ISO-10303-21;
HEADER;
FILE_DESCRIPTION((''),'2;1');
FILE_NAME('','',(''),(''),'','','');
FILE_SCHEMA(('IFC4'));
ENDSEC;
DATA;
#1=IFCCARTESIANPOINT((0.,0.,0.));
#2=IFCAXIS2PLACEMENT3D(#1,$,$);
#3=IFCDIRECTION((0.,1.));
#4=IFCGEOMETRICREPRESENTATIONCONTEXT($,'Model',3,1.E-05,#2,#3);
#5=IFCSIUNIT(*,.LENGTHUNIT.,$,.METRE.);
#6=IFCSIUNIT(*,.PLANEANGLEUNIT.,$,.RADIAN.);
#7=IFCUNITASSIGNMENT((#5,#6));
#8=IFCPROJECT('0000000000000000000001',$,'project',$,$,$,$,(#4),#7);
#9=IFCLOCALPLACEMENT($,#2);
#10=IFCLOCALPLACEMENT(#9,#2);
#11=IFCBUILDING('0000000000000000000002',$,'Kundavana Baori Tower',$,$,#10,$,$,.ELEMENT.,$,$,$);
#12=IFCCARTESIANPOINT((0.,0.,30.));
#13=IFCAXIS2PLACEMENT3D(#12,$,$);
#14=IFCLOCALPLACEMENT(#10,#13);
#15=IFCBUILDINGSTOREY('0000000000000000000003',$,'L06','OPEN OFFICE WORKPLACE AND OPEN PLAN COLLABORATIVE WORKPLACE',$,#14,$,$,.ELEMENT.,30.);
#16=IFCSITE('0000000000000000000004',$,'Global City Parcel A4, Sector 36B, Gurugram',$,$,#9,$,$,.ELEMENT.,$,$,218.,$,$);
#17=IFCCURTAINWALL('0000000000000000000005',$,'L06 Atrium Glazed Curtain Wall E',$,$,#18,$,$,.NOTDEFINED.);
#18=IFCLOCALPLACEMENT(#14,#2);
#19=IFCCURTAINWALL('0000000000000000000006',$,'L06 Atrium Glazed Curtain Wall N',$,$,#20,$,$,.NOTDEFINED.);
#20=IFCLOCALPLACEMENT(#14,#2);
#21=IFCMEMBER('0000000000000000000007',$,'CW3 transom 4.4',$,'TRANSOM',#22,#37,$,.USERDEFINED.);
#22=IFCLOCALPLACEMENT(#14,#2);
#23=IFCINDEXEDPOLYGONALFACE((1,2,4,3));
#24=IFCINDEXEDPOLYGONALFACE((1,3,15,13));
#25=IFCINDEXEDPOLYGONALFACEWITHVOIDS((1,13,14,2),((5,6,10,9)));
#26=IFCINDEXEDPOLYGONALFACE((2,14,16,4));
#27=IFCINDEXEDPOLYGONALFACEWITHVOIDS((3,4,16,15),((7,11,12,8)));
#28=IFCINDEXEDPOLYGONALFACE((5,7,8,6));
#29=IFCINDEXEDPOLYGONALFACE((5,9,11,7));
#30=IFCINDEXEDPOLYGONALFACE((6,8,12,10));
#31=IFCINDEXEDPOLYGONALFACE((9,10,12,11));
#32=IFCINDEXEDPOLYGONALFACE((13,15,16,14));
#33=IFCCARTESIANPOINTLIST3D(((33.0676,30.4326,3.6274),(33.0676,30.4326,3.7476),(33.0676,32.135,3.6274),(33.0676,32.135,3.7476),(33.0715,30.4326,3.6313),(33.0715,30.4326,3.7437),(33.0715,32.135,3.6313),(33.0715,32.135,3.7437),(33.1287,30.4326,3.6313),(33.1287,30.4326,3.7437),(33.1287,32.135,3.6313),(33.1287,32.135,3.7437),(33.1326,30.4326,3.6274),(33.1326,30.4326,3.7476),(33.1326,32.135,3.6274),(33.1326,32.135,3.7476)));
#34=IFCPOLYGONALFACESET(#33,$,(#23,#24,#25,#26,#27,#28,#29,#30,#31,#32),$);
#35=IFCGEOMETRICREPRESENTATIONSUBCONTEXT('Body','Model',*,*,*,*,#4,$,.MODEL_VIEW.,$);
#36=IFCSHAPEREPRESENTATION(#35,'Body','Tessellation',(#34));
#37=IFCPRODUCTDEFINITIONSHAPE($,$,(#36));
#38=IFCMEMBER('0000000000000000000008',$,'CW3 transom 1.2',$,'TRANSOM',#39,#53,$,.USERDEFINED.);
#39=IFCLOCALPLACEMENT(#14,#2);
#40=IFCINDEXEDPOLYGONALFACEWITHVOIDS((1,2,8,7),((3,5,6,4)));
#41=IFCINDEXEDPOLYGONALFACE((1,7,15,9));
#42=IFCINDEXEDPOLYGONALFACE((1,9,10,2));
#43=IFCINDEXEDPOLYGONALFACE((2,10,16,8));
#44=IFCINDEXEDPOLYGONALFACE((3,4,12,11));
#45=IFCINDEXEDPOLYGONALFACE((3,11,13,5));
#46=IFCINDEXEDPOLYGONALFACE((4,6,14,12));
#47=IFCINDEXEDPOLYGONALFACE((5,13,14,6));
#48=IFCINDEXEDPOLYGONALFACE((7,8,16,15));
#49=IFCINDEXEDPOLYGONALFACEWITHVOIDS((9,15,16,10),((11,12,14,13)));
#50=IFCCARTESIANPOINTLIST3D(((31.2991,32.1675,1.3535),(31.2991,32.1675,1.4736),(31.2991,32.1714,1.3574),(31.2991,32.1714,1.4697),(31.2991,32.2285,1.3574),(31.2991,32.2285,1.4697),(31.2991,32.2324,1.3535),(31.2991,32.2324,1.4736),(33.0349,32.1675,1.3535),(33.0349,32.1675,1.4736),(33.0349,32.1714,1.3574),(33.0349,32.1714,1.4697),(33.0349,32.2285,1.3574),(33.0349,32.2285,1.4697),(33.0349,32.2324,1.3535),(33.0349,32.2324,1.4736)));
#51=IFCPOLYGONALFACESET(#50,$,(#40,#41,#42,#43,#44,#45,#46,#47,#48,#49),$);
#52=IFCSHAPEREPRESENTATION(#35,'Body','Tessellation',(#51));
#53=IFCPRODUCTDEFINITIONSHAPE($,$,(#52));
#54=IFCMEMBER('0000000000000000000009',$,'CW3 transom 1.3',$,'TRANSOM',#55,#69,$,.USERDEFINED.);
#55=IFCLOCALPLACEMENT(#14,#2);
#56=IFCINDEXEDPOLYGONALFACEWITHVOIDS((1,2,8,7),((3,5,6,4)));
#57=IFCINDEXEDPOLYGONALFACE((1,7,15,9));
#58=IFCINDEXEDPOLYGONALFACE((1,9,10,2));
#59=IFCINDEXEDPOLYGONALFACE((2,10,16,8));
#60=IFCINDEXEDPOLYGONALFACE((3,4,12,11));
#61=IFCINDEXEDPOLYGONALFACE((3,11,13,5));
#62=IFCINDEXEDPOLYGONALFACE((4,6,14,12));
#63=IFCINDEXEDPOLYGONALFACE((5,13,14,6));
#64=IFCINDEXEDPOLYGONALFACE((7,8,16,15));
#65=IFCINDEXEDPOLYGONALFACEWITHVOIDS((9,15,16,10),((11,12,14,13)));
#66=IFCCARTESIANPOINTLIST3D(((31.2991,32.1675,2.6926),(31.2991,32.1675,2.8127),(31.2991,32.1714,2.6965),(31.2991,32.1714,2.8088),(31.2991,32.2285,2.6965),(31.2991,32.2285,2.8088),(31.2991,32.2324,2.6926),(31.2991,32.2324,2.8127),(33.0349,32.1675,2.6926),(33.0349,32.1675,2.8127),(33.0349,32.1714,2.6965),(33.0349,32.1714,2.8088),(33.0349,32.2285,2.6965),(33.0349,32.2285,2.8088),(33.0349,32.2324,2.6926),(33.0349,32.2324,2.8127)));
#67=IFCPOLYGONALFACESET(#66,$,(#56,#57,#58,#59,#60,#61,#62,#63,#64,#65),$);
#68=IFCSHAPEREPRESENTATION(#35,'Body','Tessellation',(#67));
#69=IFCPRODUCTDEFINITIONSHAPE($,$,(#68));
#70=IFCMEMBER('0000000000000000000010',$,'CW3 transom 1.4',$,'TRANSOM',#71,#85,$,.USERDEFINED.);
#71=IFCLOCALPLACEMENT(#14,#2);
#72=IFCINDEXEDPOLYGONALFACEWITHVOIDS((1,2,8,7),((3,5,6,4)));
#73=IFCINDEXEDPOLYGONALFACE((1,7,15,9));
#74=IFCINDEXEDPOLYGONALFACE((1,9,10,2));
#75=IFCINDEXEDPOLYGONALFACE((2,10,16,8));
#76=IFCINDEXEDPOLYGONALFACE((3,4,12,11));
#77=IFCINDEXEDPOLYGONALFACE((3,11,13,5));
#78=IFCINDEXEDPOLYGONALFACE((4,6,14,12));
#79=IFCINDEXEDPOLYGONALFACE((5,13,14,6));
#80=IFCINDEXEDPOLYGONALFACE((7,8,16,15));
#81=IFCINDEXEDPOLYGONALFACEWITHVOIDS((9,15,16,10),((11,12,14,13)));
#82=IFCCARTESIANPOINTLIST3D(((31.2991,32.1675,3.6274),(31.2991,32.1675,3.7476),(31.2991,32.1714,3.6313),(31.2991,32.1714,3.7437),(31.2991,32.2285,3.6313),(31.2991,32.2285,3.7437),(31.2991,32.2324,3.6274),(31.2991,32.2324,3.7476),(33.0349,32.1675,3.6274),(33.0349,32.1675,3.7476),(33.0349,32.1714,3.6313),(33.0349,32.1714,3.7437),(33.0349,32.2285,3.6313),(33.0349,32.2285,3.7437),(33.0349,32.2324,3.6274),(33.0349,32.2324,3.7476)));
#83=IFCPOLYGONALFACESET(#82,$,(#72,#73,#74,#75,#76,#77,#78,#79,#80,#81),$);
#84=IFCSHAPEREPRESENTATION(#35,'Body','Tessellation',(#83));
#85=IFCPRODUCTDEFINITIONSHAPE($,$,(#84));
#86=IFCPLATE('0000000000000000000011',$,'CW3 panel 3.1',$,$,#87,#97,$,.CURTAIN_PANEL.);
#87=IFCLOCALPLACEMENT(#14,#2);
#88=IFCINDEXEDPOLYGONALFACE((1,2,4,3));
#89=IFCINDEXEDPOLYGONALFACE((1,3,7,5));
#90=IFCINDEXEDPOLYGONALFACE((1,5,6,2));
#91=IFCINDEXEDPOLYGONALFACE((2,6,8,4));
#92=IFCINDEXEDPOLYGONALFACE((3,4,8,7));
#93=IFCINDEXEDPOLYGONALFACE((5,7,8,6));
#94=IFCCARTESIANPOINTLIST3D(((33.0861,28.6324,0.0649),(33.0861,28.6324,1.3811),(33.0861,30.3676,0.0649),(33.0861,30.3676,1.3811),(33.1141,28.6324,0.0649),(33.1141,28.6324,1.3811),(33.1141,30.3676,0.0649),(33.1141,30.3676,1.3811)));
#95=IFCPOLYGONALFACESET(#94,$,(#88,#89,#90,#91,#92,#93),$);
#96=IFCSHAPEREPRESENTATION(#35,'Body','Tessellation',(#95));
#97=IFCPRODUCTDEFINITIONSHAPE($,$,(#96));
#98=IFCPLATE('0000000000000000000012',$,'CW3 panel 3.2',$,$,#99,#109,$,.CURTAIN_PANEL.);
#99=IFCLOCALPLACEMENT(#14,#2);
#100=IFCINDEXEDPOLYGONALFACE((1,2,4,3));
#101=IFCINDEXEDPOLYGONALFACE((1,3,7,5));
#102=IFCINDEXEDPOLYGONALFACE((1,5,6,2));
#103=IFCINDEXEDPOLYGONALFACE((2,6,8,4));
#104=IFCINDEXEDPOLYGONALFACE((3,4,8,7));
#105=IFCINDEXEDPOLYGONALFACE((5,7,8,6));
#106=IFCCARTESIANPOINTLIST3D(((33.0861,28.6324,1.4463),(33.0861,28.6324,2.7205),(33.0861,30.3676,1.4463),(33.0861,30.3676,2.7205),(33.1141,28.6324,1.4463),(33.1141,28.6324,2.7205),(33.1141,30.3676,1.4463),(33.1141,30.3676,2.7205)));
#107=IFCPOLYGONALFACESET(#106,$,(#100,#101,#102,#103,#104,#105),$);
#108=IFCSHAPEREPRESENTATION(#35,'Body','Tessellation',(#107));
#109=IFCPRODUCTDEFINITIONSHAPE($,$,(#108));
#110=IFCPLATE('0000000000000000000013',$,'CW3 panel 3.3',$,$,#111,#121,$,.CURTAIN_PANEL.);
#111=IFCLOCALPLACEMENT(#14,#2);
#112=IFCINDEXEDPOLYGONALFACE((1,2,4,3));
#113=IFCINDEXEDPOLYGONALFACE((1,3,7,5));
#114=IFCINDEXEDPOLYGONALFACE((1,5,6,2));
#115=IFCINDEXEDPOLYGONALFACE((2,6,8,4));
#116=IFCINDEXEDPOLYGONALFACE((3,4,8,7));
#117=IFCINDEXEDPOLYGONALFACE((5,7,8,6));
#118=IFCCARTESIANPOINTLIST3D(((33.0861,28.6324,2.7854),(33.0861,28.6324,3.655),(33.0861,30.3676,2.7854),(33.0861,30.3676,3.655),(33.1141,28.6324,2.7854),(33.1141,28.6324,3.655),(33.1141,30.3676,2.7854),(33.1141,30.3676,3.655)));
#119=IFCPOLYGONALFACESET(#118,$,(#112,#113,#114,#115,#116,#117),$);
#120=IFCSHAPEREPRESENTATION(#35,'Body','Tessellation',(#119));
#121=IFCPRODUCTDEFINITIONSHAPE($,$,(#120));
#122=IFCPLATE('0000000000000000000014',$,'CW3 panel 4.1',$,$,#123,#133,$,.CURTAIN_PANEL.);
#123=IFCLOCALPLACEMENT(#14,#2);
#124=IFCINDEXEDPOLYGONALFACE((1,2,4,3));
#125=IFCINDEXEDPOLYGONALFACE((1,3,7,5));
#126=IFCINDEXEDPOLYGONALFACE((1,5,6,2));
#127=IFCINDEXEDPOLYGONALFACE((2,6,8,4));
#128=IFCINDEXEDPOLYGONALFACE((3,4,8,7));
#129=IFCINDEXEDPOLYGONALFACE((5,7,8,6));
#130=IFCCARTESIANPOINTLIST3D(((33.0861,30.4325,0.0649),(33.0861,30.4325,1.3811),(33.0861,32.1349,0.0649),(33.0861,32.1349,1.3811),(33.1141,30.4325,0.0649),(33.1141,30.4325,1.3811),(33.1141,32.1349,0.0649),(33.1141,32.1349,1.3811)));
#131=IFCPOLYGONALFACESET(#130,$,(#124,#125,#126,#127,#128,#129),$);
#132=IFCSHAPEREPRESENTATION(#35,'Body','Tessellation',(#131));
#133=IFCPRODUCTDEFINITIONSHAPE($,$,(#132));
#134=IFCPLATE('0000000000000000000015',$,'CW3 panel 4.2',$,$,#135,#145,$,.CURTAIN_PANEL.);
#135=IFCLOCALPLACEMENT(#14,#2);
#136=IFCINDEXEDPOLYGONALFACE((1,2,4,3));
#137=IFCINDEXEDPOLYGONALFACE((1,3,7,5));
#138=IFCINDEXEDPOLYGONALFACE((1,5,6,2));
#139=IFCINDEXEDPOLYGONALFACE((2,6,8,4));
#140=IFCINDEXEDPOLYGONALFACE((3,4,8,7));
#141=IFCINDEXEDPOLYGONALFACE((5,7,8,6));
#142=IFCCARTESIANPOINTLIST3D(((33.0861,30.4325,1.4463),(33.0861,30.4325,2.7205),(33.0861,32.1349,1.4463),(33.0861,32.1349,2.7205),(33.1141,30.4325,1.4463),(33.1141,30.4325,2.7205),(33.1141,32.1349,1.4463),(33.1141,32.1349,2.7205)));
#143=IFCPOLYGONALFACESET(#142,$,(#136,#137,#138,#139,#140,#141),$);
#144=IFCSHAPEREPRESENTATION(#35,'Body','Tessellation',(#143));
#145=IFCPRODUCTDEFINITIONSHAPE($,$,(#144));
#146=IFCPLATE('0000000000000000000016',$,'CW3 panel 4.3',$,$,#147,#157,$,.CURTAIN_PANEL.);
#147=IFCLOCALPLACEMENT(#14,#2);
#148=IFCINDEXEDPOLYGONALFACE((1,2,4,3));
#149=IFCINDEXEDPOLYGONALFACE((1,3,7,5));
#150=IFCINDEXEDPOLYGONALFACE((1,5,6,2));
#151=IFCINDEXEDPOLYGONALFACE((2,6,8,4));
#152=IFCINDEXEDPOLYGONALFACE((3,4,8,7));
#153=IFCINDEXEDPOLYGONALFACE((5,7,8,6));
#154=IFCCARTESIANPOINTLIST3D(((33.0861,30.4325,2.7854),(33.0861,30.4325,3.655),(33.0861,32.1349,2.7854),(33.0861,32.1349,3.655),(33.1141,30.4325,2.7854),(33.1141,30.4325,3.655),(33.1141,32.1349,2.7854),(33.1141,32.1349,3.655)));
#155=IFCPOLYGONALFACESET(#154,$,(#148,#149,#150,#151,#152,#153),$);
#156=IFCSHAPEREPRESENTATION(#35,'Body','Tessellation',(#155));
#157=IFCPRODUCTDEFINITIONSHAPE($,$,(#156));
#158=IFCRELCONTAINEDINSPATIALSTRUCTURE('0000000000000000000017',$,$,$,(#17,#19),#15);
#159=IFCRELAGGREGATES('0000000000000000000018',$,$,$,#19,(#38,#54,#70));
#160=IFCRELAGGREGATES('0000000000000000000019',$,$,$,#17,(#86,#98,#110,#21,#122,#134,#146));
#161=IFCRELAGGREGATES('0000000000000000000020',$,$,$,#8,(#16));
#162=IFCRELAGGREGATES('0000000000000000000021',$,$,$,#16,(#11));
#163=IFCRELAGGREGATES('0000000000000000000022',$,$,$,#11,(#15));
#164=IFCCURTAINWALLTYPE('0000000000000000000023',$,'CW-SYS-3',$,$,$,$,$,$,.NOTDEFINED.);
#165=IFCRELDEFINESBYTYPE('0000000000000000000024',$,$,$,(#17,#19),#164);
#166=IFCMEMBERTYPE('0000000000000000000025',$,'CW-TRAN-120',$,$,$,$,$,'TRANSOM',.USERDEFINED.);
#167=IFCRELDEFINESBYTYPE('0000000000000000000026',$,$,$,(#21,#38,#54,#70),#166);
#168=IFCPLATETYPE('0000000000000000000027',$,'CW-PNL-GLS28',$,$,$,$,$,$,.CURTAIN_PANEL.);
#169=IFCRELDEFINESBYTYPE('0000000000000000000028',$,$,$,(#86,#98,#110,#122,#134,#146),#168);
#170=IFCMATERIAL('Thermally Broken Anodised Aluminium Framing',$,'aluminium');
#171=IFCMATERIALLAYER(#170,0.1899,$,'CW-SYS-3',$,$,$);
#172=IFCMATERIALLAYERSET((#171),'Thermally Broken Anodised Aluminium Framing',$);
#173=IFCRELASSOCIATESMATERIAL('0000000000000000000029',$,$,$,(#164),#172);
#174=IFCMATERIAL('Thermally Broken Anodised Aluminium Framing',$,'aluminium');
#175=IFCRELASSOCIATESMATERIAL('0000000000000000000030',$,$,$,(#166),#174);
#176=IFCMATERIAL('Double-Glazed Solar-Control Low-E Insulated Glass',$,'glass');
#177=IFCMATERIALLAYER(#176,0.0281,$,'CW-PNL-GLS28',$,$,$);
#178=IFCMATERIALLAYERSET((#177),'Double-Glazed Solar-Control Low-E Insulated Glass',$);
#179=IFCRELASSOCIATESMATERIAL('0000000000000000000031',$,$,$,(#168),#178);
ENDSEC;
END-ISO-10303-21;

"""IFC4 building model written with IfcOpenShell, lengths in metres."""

from ifc_helpers import new_model, si_unit, direction, frame, origin, origin_2d, place, context, subcontext, project, spatial, rectangle, hollow_rectangle, extrude, material, layer, layer_set, material_profile, profile_set, type_object, element, aggregate, save


model = new_model("IFC4")

# Units and contexts
model_context = context("Model", 3, precision=1e-05, world=origin(), true_north=direction((0.0, 1.0)))
body_context = subcontext(model_context, "Body", "Model", "MODEL_VIEW")
ifc_project = project(units=[si_unit("LENGTHUNIT", "METRE"), si_unit("PLANEANGLEUNIT", "RADIAN")], contexts=[model_context])

# Site, building, storey
site_placement = place(None, origin())
site = spatial("IfcSite", under=ifc_project, at=site_placement, Name="Global City Parcel A4, Sector 36B, Gurugram", CompositionType="ELEMENT", RefElevation=218.0)
building_placement = place(site_placement, origin())
building = spatial("IfcBuilding", under=site, at=building_placement, Name="Kundavana Baori Tower", CompositionType="ELEMENT")
storey_placement = place(building_placement, frame((0.0, 0.0, 30.0)))
storey = spatial("IfcBuildingStorey", under=building, at=storey_placement, Name="L06", Description="OPEN OFFICE WORKPLACE AND OPEN PLAN COLLABORATIVE WORKPLACE", CompositionType="ELEMENT", Elevation=30.0)

# Curtain wall
ifc_material_1 = material(Name="Thermally Broken Anodised Aluminium Framing", Category="aluminium")
ifc_layer_1 = layer(ifc_material_1, 0.1899, Name="CW-SYS-3")
ifc_layer_set_1 = layer_set([ifc_layer_1], Name="Thermally Broken Anodised Aluminium Framing")
curtain_wall_type = type_object("IfcCurtainWallType", Name="CW-SYS-3", PredefinedType="NOTDEFINED", material=ifc_layer_set_1)
curtain_wall_1_placement = place(storey_placement, origin())
curtain_wall_1 = element("IfcCurtainWall", 1, at=curtain_wall_1_placement, inside=storey, type_object=curtain_wall_type, Name="L06 Atrium Glazed Curtain Wall E", PredefinedType="NOTDEFINED")

# Curtain wall
curtain_wall_2_placement = place(storey_placement, origin())
curtain_wall_2 = element("IfcCurtainWall", 2, at=curtain_wall_2_placement, inside=storey, type_object=curtain_wall_type, Name="L06 Atrium Glazed Curtain Wall N", PredefinedType="NOTDEFINED")

# Members
ifc_material_2 = material(Name="Thermally Broken Anodised Aluminium Framing", Category="aluminium")
ifc_material_profile_1 = material_profile(ifc_material_2, hollow_rectangle(XDim=0.0649, YDim=0.1201, WallThickness=0.0039, at=origin_2d()), Name="CW-TRAN-120")
ifc_profile_set_1 = profile_set([ifc_material_profile_1], Name="Thermally Broken Anodised Aluminium Framing")
member_type_1 = type_object("IfcMemberType", Name="CW-TRAN-120", ElementType="TRANSOM", PredefinedType="USERDEFINED", material=ifc_profile_set_1)
member_1_placement = place(storey_placement, frame((33.1001, 30.4326, 3.6875), z_axis=(0.0, 1.0, 0.0), x_axis=(-1.0, 0.0, 0.0)))
member_1 = element("IfcMember", 3, at=member_1_placement, type_object=member_type_1, Name="CW3 transom 4.4", ObjectType="TRANSOM", PredefinedType="USERDEFINED", context=body_context, shape_type="SweptSolid", body=[
    extrude(hollow_rectangle(XDim=0.0649, YDim=0.1201, WallThickness=0.0039, at=origin_2d()), origin(), (0.0, 0.0, 1.0), 1.7024),
])
member_2_placement = place(storey_placement, frame((33.0349, 32.2, 1.4136), z_axis=(-1.0, 0.0, 0.0), x_axis=(0.0, -1.0, 0.0)))
member_2 = element("IfcMember", 4, at=member_2_placement, type_object=member_type_1, Name="CW3 transom 1.2", ObjectType="TRANSOM", PredefinedType="USERDEFINED", context=body_context, shape_type="SweptSolid", body=[
    extrude(hollow_rectangle(XDim=0.0649, YDim=0.1201, WallThickness=0.0039, at=origin_2d()), origin(), (0.0, 0.0, 1.0), 1.7358),
])
member_3_placement = place(storey_placement, frame((33.0349, 32.2, 2.7527), z_axis=(-1.0, 0.0, 0.0), x_axis=(0.0, -1.0, 0.0)))
member_3 = element("IfcMember", 5, at=member_3_placement, type_object=member_type_1, Name="CW3 transom 1.3", ObjectType="TRANSOM", PredefinedType="USERDEFINED", context=body_context, shape_type="SweptSolid", body=[
    extrude(hollow_rectangle(XDim=0.0649, YDim=0.1201, WallThickness=0.0039, at=origin_2d()), origin(), (0.0, 0.0, 1.0), 1.7358),
])
member_4_placement = place(storey_placement, frame((33.0349, 32.2, 3.6875), z_axis=(-1.0, 0.0, 0.0), x_axis=(0.0, -1.0, 0.0)))
member_4 = element("IfcMember", 6, at=member_4_placement, type_object=member_type_1, Name="CW3 transom 1.4", ObjectType="TRANSOM", PredefinedType="USERDEFINED", context=body_context, shape_type="SweptSolid", body=[
    extrude(hollow_rectangle(XDim=0.0649, YDim=0.1201, WallThickness=0.0039, at=origin_2d()), origin(), (0.0, 0.0, 1.0), 1.7358),
])
aggregate(curtain_wall_2, [member_2, member_3, member_4])

# Plates
ifc_material_3 = material(Name="Double-Glazed Solar-Control Low-E Insulated Glass", Category="glass")
ifc_layer_2 = layer(ifc_material_3, 0.0281, Name="CW-PNL-GLS28")
ifc_layer_set_2 = layer_set([ifc_layer_2], Name="Double-Glazed Solar-Control Low-E Insulated Glass")
plate_type = type_object("IfcPlateType", Name="CW-PNL-GLS28", PredefinedType="CURTAIN_PANEL", material=ifc_layer_set_2)
plate_1_placement = place(storey_placement, frame((33.1001, 29.5, 0.0649), z_axis=(0.0, 0.0, 1.0), x_axis=(0.0, 1.0, 0.0)))
plate_1 = element("IfcPlate", 7, at=plate_1_placement, type_object=plate_type, Name="CW3 panel 3.1", PredefinedType="CURTAIN_PANEL", context=body_context, shape_type="SweptSolid", body=[
    extrude(rectangle(XDim=1.7351, YDim=0.0281, at=origin_2d()), origin(), (0.0, 0.0, 1.0), 1.3162),
])
plate_2_placement = place(storey_placement, frame((33.1001, 29.5, 1.4463), z_axis=(0.0, 0.0, 1.0), x_axis=(0.0, 1.0, 0.0)))
plate_2 = element("IfcPlate", 8, at=plate_2_placement, type_object=plate_type, Name="CW3 panel 3.2", PredefinedType="CURTAIN_PANEL", context=body_context, shape_type="SweptSolid", body=[
    extrude(rectangle(XDim=1.7351, YDim=0.0281, at=origin_2d()), origin(), (0.0, 0.0, 1.0), 1.2742),
])
plate_3_placement = place(storey_placement, frame((33.1001, 29.5, 2.7854), z_axis=(0.0, 0.0, 1.0), x_axis=(0.0, 1.0, 0.0)))
plate_3 = element("IfcPlate", 9, at=plate_3_placement, type_object=plate_type, Name="CW3 panel 3.3", PredefinedType="CURTAIN_PANEL", context=body_context, shape_type="SweptSolid", body=[
    extrude(rectangle(XDim=1.7351, YDim=0.0281, at=origin_2d()), origin(), (0.0, 0.0, 1.0), 0.8696),
])
plate_4_placement = place(storey_placement, frame((33.1001, 31.2837, 0.0649), z_axis=(0.0, 0.0, 1.0), x_axis=(0.0, 1.0, 0.0)))
plate_4 = element("IfcPlate", 10, at=plate_4_placement, type_object=plate_type, Name="CW3 panel 4.1", PredefinedType="CURTAIN_PANEL", context=body_context, shape_type="SweptSolid", body=[
    extrude(rectangle(XDim=1.7024, YDim=0.0281, at=origin_2d()), origin(), (0.0, 0.0, 1.0), 1.3162),
])
plate_5_placement = place(storey_placement, frame((33.1001, 31.2837, 1.4463), z_axis=(0.0, 0.0, 1.0), x_axis=(0.0, 1.0, 0.0)))
plate_5 = element("IfcPlate", 11, at=plate_5_placement, type_object=plate_type, Name="CW3 panel 4.2", PredefinedType="CURTAIN_PANEL", context=body_context, shape_type="SweptSolid", body=[
    extrude(rectangle(XDim=1.7024, YDim=0.0281, at=origin_2d()), origin(), (0.0, 0.0, 1.0), 1.2742),
])
plate_6_placement = place(storey_placement, frame((33.1001, 31.2837, 2.7854), z_axis=(0.0, 0.0, 1.0), x_axis=(0.0, 1.0, 0.0)))
plate_6 = element("IfcPlate", 12, at=plate_6_placement, type_object=plate_type, Name="CW3 panel 4.3", PredefinedType="CURTAIN_PANEL", context=body_context, shape_type="SweptSolid", body=[
    extrude(rectangle(XDim=1.7024, YDim=0.0281, at=origin_2d()), origin(), (0.0, 0.0, 1.0), 0.8696),
])
aggregate(curtain_wall_1, [plate_1, plate_2, plate_3, member_1, plate_4, plate_5, plate_6])

save(model, "model.ifc")
